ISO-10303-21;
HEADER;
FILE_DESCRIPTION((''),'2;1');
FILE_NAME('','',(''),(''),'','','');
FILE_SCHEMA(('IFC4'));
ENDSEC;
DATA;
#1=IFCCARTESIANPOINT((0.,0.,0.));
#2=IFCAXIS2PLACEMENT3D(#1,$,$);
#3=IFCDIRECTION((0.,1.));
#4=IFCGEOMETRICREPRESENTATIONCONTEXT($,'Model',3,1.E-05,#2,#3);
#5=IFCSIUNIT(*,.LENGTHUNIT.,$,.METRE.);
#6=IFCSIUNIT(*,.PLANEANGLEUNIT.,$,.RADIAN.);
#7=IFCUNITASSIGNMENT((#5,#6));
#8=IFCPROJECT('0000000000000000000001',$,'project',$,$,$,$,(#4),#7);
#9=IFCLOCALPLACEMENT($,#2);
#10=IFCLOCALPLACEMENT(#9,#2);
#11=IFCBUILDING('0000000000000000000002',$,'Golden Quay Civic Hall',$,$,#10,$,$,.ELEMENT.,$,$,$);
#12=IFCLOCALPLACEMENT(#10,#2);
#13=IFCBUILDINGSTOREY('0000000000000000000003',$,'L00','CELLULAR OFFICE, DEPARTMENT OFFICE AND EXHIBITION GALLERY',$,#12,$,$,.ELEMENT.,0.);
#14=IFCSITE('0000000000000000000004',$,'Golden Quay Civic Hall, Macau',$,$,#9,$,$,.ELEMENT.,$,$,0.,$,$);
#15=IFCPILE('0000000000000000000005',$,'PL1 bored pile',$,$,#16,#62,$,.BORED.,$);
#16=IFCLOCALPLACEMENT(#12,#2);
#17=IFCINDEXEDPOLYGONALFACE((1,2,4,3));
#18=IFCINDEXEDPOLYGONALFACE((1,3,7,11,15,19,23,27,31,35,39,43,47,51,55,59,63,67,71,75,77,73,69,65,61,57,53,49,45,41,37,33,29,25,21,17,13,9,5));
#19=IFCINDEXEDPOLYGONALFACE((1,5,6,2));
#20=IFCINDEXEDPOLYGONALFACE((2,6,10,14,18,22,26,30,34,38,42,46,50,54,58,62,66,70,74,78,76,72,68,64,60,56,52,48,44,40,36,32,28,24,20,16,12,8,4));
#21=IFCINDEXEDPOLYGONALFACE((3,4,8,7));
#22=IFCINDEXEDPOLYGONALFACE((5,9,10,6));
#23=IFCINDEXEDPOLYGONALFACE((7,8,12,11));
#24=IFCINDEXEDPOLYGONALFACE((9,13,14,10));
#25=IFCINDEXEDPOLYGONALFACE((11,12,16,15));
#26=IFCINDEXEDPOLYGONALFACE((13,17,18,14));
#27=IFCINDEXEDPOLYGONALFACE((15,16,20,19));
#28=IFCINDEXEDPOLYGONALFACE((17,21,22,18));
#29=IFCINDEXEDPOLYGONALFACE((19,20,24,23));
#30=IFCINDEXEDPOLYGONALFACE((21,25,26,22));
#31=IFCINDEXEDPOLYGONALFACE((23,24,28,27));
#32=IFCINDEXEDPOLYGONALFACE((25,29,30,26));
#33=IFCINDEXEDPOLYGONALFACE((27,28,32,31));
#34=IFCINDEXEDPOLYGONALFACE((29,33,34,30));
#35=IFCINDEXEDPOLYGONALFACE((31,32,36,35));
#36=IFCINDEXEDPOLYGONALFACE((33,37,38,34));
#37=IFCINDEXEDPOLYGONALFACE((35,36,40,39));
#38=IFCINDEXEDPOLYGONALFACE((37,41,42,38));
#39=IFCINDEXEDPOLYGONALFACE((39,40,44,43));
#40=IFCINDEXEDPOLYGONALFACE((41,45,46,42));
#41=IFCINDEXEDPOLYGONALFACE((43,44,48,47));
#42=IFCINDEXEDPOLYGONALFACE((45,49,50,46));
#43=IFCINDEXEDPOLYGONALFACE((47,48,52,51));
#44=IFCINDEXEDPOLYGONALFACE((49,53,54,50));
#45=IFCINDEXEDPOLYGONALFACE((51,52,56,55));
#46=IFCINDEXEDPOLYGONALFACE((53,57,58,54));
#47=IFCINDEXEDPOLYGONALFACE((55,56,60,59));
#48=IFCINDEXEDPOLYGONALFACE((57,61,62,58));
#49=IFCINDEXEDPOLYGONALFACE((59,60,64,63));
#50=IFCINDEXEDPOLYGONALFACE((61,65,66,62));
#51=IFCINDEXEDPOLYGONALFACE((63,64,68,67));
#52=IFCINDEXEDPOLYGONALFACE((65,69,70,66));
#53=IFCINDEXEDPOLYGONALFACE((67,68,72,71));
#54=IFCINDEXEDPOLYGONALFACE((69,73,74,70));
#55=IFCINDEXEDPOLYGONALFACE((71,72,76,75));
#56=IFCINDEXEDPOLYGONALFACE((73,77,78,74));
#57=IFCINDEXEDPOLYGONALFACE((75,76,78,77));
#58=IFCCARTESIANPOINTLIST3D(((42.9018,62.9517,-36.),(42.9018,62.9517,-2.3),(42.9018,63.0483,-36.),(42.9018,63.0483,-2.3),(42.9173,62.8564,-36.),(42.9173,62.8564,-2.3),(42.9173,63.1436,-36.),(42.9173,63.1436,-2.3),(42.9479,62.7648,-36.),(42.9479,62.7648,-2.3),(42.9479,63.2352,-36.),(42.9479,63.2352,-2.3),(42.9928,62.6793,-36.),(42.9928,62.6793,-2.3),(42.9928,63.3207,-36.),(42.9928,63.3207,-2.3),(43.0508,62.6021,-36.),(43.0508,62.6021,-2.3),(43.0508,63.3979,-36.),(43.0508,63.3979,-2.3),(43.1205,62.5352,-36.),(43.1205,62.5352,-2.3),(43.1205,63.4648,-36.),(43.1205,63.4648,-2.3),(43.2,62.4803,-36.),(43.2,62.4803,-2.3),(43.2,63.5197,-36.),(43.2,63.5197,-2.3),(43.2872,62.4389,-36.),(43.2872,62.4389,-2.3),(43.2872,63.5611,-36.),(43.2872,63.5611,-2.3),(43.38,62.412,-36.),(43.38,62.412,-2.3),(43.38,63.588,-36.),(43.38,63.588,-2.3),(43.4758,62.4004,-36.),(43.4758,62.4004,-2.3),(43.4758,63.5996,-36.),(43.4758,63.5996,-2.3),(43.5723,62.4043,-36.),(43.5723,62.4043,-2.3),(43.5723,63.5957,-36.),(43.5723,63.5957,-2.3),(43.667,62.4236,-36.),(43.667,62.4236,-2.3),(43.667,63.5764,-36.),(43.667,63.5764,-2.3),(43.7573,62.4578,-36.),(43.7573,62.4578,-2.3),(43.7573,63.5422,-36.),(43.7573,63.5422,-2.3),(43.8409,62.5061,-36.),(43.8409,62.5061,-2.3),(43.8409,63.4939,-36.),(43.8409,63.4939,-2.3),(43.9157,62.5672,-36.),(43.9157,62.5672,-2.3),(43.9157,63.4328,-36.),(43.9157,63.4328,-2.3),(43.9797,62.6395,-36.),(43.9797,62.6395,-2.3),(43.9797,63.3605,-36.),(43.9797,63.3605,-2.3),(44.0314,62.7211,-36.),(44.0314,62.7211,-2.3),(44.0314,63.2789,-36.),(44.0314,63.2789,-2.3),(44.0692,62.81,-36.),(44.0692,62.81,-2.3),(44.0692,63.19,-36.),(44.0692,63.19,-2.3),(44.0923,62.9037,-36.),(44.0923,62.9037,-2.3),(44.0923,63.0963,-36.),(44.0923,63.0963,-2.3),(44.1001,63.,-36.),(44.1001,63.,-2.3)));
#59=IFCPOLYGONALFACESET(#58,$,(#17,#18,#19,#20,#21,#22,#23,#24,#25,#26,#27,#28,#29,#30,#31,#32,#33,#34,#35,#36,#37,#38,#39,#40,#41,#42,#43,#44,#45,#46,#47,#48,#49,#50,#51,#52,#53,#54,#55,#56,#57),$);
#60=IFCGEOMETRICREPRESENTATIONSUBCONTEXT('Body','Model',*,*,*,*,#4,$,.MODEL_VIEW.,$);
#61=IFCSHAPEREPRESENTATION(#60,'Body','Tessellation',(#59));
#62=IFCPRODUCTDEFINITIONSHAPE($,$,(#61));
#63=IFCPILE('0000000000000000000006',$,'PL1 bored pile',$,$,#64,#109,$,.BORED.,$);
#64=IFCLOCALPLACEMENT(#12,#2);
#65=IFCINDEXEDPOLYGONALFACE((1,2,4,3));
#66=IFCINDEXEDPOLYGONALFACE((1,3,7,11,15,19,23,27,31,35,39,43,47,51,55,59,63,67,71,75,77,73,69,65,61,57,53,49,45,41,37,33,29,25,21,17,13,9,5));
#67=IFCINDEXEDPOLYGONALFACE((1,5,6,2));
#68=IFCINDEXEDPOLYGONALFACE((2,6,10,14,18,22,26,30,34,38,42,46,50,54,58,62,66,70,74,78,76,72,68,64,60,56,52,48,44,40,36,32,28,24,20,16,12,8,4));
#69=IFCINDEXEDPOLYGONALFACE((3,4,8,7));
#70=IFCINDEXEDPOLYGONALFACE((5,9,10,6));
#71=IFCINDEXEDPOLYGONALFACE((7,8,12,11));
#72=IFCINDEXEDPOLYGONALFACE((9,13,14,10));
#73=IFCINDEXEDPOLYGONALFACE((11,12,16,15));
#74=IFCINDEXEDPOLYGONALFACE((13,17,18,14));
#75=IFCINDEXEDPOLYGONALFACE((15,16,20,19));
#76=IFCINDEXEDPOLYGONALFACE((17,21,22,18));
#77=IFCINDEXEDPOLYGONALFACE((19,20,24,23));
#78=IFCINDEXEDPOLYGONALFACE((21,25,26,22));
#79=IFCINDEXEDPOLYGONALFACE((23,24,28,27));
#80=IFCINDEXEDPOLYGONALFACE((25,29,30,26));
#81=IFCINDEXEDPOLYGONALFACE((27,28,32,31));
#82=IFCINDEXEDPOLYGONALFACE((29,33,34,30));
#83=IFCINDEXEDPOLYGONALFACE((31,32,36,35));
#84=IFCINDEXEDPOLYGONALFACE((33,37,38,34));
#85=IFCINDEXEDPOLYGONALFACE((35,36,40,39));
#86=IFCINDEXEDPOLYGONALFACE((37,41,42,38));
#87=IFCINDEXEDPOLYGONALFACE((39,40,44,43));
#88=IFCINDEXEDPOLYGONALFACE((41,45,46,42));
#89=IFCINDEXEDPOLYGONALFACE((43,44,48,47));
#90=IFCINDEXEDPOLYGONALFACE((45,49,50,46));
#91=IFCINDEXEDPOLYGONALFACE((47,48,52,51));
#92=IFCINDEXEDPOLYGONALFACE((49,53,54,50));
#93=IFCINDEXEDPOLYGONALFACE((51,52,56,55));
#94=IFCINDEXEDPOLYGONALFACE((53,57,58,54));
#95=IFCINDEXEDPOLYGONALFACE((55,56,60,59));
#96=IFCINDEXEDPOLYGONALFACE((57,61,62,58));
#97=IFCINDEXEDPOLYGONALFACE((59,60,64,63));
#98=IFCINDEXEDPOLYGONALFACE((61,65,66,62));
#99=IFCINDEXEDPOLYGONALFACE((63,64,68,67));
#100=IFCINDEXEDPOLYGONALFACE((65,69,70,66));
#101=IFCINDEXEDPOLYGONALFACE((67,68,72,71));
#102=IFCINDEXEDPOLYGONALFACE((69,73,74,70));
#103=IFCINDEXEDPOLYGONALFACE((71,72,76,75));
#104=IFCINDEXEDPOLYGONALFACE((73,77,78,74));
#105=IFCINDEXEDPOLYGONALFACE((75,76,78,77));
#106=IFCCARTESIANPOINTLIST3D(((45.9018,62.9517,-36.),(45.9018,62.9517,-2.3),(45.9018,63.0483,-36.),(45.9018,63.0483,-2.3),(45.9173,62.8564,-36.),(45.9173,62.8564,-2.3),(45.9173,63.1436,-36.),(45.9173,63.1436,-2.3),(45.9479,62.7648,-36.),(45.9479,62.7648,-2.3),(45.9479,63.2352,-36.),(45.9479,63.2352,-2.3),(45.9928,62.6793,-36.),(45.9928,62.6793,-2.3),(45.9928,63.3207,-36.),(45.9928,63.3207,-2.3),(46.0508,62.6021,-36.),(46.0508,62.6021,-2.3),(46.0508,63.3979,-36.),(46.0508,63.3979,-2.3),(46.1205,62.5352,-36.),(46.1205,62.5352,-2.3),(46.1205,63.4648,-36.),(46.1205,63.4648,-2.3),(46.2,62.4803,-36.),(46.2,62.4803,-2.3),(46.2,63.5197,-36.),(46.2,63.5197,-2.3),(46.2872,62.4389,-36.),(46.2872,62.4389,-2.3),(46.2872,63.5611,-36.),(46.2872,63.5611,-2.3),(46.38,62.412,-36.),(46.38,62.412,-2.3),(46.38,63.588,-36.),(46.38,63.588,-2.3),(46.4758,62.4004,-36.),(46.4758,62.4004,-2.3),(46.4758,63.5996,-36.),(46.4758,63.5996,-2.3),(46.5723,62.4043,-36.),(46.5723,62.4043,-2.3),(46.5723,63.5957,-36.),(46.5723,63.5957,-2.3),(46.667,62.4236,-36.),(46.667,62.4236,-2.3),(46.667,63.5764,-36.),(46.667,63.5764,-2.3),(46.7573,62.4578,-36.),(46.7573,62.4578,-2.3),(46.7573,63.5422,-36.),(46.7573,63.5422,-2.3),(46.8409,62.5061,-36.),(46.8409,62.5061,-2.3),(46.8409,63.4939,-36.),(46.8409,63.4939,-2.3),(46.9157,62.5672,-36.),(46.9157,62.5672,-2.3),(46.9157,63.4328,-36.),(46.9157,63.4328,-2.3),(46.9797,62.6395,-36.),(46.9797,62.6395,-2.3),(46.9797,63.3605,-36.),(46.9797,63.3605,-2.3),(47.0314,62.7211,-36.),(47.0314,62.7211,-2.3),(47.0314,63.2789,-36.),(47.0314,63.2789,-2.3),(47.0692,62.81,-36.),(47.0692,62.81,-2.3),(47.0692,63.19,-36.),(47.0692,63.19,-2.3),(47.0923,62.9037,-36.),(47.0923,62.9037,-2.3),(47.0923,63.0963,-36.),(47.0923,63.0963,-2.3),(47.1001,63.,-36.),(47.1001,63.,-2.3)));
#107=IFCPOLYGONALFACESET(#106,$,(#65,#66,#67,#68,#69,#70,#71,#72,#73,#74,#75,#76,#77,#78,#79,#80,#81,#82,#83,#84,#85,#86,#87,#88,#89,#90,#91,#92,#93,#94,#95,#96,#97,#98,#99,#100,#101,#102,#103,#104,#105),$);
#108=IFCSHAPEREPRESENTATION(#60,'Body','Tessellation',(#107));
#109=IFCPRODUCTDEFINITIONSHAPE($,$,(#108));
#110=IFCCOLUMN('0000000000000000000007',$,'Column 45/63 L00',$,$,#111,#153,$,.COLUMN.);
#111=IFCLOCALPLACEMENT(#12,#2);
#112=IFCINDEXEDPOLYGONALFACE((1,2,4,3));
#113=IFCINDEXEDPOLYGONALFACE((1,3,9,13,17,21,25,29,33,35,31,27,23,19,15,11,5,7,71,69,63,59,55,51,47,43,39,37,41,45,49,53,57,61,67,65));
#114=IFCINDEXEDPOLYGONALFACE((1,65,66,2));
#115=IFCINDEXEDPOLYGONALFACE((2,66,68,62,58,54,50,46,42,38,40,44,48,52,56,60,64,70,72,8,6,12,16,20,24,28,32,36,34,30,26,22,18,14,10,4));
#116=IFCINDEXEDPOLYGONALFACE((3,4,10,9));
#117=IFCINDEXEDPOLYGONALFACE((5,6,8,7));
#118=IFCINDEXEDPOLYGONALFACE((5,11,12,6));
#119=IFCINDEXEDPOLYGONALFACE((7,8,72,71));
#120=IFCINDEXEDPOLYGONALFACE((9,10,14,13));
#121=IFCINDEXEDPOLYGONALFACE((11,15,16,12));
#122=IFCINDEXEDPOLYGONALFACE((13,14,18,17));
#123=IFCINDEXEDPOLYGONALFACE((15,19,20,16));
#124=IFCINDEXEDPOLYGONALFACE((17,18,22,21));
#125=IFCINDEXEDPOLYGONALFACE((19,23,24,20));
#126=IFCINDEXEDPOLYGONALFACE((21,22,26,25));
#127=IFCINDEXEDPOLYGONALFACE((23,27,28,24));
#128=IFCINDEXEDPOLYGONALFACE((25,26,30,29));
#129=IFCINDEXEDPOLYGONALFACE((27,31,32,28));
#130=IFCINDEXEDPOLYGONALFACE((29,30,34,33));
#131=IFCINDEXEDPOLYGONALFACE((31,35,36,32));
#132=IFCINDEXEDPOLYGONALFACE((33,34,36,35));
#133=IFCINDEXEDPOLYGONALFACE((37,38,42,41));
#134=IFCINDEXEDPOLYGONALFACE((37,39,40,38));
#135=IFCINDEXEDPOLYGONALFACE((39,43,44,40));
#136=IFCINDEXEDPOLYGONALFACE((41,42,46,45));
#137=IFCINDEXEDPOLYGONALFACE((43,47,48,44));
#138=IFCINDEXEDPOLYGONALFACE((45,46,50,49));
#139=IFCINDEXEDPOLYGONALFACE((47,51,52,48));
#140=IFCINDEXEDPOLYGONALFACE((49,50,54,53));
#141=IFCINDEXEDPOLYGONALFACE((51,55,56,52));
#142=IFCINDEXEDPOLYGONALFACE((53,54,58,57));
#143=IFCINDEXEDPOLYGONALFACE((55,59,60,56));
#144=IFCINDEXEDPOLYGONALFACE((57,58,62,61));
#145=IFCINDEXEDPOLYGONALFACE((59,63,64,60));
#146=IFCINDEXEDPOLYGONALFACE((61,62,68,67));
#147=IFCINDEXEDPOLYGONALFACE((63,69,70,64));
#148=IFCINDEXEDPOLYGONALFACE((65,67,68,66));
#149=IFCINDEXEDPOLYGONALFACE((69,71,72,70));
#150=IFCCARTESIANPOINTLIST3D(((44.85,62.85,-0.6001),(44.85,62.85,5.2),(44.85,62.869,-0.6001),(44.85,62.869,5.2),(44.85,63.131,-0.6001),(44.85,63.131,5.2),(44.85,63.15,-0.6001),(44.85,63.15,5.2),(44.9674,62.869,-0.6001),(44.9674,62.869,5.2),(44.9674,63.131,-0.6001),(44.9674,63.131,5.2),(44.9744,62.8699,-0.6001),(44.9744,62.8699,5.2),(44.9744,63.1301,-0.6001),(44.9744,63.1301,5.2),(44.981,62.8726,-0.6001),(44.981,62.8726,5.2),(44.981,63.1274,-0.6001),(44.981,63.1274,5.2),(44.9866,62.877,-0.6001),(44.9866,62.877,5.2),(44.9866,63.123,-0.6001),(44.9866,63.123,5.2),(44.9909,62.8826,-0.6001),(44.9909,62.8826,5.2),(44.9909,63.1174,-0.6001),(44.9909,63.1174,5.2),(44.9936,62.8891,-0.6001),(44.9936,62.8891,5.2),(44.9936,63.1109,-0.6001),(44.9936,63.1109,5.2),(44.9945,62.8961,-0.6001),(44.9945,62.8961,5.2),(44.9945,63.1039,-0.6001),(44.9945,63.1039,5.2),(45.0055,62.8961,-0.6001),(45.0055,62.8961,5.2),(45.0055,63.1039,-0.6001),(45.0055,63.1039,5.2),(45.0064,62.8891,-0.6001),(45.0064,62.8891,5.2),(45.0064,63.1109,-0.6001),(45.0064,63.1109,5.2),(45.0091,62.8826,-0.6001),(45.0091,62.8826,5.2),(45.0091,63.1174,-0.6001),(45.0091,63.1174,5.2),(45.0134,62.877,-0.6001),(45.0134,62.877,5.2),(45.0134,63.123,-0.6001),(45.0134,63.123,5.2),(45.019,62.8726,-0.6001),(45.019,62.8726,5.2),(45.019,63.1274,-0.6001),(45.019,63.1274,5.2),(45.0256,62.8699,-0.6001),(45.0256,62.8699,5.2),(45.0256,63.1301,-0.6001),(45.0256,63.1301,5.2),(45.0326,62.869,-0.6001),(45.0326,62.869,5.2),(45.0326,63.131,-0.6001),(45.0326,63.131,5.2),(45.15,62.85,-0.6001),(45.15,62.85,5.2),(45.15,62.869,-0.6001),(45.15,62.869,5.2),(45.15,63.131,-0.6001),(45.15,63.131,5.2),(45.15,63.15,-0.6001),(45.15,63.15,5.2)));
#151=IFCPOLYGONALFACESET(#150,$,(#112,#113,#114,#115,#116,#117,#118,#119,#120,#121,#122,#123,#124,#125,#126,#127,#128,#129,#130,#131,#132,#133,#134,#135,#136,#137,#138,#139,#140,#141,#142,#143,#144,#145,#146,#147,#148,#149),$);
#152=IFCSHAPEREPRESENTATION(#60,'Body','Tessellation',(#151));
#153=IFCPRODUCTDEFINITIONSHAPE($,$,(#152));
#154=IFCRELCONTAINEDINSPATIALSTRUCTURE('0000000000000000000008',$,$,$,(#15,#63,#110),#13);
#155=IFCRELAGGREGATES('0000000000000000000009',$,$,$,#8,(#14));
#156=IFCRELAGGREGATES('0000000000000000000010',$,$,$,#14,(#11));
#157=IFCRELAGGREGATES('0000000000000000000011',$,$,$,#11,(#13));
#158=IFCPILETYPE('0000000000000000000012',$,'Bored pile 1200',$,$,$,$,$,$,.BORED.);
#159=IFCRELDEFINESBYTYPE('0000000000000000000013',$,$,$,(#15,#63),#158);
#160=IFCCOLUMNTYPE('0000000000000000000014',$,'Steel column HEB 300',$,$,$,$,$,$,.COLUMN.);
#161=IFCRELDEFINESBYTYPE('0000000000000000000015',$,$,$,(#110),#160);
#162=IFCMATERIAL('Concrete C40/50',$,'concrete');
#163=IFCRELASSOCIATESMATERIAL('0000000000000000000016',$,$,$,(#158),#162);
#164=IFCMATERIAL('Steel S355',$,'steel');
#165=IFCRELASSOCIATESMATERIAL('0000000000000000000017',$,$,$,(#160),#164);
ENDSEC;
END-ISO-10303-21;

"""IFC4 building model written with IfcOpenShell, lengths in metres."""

from ifc_helpers import new_model, si_unit, direction, frame, origin, origin_2d, place, context, subcontext, project, spatial, circle, i_section, extrude, material, material_profile, profile_set, type_object, element, save


model = new_model("IFC4")

# Units and contexts
model_context = context("Model", 3, precision=1e-05, world=origin(), true_north=direction((0.0, 1.0)))
body_context = subcontext(model_context, "Body", "Model", "MODEL_VIEW")
ifc_project = project(units=[si_unit("LENGTHUNIT", "METRE"), si_unit("PLANEANGLEUNIT", "RADIAN")], contexts=[model_context])

# Site, building, storey
site_placement = place(None, origin())
site = spatial("IfcSite", under=ifc_project, at=site_placement, Name="Golden Quay Civic Hall, Macau", CompositionType="ELEMENT", RefElevation=0.0)
building_placement = place(site_placement, origin())
building = spatial("IfcBuilding", under=site, at=building_placement, Name="Golden Quay Civic Hall", CompositionType="ELEMENT")
storey_placement = place(building_placement, origin())
storey = spatial("IfcBuildingStorey", under=building, at=storey_placement, Name="L00", Description="CELLULAR OFFICE, DEPARTMENT OFFICE AND EXHIBITION GALLERY", CompositionType="ELEMENT", Elevation=0.0)

# Piles
ifc_material_1 = material(Name="Concrete C40/50", Category="concrete")
ifc_material_profile_1 = material_profile(ifc_material_1, circle(Radius=0.6001, at=origin_2d()), Name="RC D1200")
ifc_profile_set_1 = profile_set([ifc_material_profile_1], Name="Concrete C40/50")
pile_type = type_object("IfcPileType", Name="Bored pile 1200", PredefinedType="BORED", material=ifc_profile_set_1)
for number, where, z_axis, x_axis, name in (
    (1, (43.5, 63.0, -2.3), (0.0, 0.0, -1.0), (1.0, 0.0, 0.0), "PL1 bored pile"),
    (2, (46.5, 63.0, -2.3), (0.0, 0.0, -1.0), (1.0, 0.0, 0.0), "PL1 bored pile"),
):
    element("IfcPile", number, at=place(storey_placement, frame(where, z_axis=z_axis, x_axis=x_axis)), inside=storey, type_object=pile_type, Name=name, PredefinedType="BORED", context=body_context, shape_type="SweptSolid", body=[
        extrude(circle(Radius=0.6001, at=origin_2d()), origin(), (0.0, 0.0, 1.0), 33.7),
    ])

# Column
ifc_material_2 = material(Name="Steel S355", Category="steel")
ifc_material_profile_2 = material_profile(ifc_material_2, i_section(OverallWidth=0.3, OverallDepth=0.3, WebThickness=0.011, FlangeThickness=0.019, FilletRadius=0.0271, at=origin_2d()), Name="HEB 300")
ifc_profile_set_2 = profile_set([ifc_material_profile_2], Name="Steel S355")
column_type = type_object("IfcColumnType", Name="Steel column HEB 300", PredefinedType="COLUMN", material=ifc_profile_set_2)
column_placement = place(storey_placement, frame((45.0, 63.0, -0.6001), z_axis=(0.0, 0.0, 1.0), x_axis=(1.0, 0.0, 0.0)))
element("IfcColumn", 3, at=column_placement, inside=storey, type_object=column_type, Name="Column 45/63 L00", PredefinedType="COLUMN", context=body_context, shape_type="SweptSolid", body=[
    extrude(i_section(OverallWidth=0.3, OverallDepth=0.3, WebThickness=0.011, FlangeThickness=0.019, FilletRadius=0.0271, at=origin_2d()), origin(), (0.0, 0.0, 1.0), 5.8),
])

save(model, "model.ifc")
